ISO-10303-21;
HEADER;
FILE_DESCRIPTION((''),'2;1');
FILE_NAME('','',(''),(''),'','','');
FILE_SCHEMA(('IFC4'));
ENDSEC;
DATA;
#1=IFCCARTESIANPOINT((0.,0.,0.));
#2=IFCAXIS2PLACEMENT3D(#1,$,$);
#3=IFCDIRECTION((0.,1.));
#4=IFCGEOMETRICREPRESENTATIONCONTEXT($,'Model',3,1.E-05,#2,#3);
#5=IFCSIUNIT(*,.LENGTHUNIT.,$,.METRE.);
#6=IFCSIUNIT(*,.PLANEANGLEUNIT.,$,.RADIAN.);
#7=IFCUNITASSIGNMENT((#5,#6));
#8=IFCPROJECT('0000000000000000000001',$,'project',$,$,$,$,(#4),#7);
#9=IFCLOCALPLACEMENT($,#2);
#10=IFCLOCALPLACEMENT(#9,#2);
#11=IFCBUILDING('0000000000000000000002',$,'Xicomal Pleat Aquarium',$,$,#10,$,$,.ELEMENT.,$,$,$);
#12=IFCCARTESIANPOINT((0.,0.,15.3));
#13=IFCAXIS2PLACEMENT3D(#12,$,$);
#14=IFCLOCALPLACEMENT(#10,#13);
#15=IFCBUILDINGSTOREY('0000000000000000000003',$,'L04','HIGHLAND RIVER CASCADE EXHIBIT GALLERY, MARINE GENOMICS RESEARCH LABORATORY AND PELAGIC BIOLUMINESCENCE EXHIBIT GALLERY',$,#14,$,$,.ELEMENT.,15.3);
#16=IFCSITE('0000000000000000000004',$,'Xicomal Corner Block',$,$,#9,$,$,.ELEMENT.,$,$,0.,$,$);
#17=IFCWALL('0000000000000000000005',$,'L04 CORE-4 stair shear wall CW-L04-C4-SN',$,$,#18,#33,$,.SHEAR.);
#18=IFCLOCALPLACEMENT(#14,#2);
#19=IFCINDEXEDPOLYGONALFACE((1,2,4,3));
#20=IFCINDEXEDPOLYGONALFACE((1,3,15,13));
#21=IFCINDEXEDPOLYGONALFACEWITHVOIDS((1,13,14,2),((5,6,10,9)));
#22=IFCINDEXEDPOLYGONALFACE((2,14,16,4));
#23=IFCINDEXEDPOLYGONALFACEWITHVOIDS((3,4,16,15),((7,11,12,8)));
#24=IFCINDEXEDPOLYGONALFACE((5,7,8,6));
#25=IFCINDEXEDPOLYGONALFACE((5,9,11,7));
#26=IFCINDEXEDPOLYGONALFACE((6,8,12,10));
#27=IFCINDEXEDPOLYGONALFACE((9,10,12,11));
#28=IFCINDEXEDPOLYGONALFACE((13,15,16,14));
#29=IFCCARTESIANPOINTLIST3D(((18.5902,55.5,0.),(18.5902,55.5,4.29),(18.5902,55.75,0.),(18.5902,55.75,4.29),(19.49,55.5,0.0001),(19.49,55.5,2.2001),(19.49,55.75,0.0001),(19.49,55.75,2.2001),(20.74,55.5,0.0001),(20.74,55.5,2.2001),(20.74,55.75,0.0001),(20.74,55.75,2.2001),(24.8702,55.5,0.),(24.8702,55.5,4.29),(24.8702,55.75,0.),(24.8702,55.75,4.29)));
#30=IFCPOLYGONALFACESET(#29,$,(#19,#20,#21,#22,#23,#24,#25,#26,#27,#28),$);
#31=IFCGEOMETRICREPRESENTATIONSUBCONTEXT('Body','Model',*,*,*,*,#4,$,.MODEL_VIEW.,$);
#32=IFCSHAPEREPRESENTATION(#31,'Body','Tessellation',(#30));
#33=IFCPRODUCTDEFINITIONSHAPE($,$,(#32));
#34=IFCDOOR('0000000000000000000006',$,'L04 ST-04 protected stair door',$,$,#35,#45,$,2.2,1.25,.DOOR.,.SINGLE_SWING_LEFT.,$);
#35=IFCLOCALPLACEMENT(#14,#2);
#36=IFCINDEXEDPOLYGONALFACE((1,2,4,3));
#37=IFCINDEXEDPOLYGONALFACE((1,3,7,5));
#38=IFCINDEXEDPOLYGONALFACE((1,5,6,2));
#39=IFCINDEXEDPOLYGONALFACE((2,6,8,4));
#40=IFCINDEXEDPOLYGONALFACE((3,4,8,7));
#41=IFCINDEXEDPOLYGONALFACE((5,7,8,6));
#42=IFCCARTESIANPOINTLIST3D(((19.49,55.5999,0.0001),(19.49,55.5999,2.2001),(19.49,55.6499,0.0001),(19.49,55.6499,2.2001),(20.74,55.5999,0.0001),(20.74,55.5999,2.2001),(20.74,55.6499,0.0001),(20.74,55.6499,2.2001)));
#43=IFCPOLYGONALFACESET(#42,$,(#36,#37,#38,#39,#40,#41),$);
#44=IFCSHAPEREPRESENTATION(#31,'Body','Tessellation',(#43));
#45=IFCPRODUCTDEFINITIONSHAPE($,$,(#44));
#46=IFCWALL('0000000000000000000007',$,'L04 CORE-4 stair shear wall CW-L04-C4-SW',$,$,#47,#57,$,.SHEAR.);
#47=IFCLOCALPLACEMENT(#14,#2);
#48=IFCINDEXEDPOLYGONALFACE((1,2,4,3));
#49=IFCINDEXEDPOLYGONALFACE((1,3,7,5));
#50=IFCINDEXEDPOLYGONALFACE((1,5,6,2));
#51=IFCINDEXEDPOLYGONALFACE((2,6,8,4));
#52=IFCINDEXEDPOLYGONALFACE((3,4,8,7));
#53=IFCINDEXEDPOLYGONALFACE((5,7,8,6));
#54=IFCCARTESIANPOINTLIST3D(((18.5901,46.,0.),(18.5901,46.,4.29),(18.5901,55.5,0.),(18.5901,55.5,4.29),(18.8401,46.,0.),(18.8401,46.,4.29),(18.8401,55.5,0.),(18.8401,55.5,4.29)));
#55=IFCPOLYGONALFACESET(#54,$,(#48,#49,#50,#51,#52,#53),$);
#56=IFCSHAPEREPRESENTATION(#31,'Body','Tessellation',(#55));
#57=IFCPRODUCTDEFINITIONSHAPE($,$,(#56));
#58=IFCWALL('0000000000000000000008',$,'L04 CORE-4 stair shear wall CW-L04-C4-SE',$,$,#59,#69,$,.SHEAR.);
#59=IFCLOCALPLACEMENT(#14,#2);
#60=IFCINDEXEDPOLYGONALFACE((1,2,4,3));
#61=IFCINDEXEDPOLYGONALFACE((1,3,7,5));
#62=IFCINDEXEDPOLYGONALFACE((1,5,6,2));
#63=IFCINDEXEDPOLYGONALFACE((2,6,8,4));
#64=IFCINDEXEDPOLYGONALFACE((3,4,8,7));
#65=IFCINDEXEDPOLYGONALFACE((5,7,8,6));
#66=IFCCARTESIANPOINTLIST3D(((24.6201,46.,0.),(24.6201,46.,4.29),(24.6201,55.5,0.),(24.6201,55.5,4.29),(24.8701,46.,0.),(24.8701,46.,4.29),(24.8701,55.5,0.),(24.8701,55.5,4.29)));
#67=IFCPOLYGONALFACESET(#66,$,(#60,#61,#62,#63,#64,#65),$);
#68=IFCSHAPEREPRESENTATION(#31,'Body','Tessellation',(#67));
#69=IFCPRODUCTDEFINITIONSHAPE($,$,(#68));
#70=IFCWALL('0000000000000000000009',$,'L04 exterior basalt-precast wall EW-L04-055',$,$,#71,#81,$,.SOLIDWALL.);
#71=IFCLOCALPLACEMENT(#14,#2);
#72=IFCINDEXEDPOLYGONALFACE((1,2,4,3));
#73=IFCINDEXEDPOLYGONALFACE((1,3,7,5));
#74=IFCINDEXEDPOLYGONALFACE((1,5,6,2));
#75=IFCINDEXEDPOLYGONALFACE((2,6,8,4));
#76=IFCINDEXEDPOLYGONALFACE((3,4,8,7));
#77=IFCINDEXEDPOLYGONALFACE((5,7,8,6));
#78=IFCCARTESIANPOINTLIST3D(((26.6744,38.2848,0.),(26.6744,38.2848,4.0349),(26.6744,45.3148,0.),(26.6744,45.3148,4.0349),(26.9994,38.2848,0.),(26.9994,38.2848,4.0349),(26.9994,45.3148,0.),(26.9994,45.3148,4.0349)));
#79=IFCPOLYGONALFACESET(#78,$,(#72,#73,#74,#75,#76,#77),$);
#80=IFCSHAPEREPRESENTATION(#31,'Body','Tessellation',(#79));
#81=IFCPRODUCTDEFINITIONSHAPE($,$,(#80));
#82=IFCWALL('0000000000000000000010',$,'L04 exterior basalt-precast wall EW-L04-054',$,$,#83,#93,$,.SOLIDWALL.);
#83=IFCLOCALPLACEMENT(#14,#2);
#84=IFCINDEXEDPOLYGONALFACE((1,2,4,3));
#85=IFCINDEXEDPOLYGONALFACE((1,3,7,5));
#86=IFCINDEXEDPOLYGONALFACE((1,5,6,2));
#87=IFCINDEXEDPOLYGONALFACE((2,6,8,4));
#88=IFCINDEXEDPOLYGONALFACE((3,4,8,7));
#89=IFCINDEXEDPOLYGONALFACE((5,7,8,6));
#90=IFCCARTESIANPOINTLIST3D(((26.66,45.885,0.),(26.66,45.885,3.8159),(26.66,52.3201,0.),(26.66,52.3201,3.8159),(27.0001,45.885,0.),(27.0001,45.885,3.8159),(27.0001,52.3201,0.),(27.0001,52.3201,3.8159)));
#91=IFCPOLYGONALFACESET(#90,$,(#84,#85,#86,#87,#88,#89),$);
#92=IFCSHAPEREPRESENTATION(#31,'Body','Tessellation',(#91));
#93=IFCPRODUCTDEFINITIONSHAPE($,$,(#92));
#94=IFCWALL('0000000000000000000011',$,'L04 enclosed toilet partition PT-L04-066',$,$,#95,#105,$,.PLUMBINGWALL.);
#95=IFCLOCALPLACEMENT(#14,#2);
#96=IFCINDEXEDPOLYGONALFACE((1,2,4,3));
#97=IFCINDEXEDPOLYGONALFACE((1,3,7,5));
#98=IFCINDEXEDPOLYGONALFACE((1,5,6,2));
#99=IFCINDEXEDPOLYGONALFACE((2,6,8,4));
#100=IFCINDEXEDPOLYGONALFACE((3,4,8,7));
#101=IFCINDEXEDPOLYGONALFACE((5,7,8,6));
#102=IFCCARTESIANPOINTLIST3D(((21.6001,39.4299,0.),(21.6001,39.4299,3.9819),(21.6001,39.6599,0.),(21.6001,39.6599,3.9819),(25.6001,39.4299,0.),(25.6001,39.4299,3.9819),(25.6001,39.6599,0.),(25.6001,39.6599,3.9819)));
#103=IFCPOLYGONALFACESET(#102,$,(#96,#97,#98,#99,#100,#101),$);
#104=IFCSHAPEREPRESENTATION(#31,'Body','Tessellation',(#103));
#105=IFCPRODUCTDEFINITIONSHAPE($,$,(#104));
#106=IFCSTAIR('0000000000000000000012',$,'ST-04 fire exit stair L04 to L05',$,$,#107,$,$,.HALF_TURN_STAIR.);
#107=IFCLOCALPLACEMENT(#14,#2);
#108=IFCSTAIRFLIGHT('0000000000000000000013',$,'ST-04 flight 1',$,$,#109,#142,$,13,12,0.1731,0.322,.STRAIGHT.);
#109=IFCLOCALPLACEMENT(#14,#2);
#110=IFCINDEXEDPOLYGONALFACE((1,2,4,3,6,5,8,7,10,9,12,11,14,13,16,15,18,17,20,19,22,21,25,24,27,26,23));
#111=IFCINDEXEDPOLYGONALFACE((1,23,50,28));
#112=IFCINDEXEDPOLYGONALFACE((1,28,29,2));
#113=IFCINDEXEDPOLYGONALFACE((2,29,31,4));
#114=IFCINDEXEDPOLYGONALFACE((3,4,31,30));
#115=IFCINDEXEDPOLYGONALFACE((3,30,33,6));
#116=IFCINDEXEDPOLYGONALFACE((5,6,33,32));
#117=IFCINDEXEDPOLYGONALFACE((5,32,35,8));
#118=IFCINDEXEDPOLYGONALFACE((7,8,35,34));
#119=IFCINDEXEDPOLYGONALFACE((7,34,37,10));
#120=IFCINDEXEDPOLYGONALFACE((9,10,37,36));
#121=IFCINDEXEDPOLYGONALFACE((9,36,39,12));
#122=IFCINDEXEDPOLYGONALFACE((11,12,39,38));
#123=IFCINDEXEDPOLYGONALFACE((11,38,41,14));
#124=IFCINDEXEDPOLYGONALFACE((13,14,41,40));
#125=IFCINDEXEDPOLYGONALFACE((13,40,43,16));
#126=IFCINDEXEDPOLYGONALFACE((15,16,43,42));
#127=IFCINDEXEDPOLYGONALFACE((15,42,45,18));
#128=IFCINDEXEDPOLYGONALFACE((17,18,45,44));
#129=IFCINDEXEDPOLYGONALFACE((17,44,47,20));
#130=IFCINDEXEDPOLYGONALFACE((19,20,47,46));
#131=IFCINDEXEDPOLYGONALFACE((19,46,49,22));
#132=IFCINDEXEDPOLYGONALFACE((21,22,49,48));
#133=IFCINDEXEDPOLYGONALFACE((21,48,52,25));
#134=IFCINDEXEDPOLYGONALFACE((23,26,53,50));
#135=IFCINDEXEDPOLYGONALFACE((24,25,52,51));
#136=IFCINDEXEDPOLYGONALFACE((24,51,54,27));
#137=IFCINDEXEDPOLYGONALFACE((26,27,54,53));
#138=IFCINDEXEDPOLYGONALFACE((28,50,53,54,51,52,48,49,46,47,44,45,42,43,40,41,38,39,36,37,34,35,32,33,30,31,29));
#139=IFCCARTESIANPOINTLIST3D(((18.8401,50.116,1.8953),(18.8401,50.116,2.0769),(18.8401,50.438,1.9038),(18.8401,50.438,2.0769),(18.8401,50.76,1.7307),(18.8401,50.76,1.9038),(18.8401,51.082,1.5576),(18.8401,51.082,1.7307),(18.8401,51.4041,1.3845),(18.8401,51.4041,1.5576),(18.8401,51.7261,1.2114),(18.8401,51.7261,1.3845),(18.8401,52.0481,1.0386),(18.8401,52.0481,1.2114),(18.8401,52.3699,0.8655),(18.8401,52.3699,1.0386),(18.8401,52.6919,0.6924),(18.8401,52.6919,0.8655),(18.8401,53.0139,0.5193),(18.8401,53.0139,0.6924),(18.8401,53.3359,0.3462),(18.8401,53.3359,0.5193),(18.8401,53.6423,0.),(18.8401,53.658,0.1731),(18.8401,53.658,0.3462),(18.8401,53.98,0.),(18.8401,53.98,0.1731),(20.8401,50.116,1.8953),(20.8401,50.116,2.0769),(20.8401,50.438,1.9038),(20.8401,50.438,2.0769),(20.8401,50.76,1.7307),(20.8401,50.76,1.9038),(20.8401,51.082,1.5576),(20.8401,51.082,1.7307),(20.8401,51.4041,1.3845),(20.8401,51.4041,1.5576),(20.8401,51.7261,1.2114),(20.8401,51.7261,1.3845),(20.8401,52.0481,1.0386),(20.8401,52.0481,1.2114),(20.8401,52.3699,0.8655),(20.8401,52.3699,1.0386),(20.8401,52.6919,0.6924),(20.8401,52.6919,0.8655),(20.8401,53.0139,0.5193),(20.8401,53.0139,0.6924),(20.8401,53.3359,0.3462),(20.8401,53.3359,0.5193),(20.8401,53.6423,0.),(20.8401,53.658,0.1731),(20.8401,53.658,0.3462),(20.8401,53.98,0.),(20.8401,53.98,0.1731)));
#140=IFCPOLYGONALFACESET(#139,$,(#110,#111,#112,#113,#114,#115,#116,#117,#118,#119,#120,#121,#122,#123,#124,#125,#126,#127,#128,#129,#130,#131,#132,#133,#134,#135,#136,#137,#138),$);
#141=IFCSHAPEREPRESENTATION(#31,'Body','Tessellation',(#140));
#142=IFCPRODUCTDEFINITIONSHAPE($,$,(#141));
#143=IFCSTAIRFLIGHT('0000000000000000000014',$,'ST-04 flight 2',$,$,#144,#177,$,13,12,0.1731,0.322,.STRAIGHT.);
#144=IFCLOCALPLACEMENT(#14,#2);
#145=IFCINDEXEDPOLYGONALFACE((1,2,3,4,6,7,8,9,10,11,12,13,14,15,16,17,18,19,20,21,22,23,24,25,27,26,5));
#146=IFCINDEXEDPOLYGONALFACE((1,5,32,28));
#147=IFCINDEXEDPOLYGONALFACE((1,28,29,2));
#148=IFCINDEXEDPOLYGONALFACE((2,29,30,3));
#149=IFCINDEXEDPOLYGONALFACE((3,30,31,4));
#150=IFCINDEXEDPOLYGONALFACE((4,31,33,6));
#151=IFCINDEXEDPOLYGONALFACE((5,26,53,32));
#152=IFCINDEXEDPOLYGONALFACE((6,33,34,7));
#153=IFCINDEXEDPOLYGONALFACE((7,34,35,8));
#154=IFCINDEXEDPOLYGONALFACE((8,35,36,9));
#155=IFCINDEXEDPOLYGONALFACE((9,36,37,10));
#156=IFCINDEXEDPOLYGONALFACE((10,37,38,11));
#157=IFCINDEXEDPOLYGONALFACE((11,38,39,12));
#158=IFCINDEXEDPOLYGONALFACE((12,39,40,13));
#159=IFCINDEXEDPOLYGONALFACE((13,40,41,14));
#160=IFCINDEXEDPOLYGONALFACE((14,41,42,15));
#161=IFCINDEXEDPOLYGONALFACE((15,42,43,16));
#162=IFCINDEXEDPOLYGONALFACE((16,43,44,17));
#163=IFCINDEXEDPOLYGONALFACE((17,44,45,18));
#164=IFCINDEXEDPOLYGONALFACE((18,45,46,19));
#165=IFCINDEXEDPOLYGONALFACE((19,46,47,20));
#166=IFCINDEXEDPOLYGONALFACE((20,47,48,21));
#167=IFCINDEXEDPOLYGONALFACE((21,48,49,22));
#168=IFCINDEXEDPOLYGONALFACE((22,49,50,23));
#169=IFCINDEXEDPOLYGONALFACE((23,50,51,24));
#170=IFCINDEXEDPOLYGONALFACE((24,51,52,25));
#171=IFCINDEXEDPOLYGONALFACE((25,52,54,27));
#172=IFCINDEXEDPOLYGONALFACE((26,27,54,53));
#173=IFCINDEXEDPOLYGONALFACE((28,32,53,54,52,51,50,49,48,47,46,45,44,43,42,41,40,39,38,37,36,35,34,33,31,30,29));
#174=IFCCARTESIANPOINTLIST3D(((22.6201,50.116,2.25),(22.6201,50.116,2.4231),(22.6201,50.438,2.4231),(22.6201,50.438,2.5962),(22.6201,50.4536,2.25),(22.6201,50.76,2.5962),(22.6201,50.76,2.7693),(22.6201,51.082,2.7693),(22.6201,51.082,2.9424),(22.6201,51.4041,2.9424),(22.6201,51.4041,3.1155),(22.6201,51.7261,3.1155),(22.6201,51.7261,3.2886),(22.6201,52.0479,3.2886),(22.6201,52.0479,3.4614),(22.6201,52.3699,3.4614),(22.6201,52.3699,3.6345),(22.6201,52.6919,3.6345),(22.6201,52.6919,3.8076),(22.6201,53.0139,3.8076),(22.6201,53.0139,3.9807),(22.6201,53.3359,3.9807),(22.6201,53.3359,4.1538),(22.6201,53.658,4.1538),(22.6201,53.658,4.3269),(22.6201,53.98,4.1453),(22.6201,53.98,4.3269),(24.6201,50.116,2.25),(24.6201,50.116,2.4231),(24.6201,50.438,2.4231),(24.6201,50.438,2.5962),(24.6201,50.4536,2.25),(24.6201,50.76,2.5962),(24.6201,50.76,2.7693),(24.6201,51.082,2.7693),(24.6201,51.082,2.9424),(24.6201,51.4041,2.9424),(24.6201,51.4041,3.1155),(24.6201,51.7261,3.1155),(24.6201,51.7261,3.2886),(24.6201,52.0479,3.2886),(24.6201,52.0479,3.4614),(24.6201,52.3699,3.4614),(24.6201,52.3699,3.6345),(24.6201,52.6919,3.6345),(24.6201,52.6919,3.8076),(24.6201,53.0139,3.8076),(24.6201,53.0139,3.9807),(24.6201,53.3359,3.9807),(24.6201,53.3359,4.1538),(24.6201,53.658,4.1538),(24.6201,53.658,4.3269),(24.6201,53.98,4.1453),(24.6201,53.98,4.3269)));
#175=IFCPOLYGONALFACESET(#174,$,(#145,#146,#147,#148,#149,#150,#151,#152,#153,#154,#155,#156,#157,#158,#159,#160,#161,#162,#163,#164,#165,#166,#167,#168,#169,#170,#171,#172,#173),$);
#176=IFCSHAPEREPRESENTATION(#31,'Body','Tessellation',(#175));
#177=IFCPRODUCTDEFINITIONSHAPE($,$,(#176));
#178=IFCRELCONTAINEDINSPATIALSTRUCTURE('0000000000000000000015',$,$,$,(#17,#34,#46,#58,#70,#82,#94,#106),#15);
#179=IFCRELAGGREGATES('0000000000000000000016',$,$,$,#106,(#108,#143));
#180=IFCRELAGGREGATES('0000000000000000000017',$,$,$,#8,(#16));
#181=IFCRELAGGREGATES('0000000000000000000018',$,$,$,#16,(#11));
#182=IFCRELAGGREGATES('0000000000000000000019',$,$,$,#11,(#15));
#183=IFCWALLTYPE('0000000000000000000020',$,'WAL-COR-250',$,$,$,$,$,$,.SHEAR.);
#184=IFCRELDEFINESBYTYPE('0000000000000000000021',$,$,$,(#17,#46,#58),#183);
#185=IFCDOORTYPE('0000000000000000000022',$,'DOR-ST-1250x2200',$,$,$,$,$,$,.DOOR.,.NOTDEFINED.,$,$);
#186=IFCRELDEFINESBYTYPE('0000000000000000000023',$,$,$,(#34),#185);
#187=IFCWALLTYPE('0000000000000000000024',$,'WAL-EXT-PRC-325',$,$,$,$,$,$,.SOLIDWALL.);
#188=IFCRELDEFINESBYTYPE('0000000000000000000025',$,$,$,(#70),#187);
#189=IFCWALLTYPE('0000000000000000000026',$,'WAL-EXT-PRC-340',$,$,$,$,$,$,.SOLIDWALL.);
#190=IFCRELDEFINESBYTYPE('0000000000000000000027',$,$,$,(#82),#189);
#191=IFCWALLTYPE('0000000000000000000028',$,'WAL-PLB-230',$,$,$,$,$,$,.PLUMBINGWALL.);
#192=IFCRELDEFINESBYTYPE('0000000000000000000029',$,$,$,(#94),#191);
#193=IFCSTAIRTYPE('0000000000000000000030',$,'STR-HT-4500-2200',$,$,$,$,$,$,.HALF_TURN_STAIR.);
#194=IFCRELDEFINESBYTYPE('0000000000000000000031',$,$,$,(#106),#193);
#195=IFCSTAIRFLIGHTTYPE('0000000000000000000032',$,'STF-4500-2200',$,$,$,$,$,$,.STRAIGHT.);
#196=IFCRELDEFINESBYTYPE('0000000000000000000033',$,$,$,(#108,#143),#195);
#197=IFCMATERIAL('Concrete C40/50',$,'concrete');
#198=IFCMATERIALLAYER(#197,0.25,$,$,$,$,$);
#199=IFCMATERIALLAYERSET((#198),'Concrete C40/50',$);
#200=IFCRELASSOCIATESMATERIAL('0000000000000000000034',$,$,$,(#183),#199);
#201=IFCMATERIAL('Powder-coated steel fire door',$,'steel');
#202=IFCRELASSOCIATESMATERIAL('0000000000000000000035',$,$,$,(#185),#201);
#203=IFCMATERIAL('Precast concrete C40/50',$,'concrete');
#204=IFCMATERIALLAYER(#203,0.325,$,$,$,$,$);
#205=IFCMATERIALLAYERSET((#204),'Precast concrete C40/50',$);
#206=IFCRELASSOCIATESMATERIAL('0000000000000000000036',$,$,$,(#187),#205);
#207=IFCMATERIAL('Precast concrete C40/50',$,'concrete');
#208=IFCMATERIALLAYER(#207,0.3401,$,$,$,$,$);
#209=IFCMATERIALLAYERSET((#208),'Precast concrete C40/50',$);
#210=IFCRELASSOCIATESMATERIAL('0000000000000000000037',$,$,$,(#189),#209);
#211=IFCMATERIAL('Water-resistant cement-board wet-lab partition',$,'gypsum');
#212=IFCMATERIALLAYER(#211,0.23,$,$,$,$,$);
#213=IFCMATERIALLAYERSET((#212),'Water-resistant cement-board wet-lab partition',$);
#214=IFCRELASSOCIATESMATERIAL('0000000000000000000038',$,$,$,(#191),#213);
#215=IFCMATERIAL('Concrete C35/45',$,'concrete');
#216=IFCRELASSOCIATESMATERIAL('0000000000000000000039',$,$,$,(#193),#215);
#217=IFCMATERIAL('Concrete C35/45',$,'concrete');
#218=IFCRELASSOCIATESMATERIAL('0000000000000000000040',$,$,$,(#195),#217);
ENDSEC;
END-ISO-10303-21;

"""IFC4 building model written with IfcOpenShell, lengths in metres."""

from ifc_helpers import new_model, si_unit, direction, frame, frame_2d, origin, place, context, subcontext, project, spatial, polyline, rectangle, outline, extrude, material, layer, layer_set, type_object, element, fill, aggregate, save


model = new_model("IFC4")

# Units and contexts
model_context = context("Model", 3, precision=1e-05, world=origin(), true_north=direction((0.0, 1.0)))
body_context = subcontext(model_context, "Body", "Model", "MODEL_VIEW")
ifc_project = project(units=[si_unit("LENGTHUNIT", "METRE"), si_unit("PLANEANGLEUNIT", "RADIAN")], contexts=[model_context])

# Site, building, storey
site_placement = place(None, origin())
site = spatial("IfcSite", under=ifc_project, at=site_placement, Name="Xicomal Corner Block", CompositionType="ELEMENT", RefElevation=0.0)
building_placement = place(site_placement, origin())
building = spatial("IfcBuilding", under=site, at=building_placement, Name="Xicomal Pleat Aquarium", CompositionType="ELEMENT")
storey_placement = place(building_placement, frame((0.0, 0.0, 15.3)))
storey = spatial("IfcBuildingStorey", under=building, at=storey_placement, Name="L04", Description="HIGHLAND RIVER CASCADE EXHIBIT GALLERY, MARINE GENOMICS RESEARCH LABORATORY AND PELAGIC BIOLUMINESCENCE EXHIBIT GALLERY", CompositionType="ELEMENT", Elevation=15.3)

# Shared definitions
ifc_material_1 = material(Name="Concrete C40/50", Category="concrete")
ifc_layer_1 = layer(ifc_material_1, 0.25)
ifc_layer_set_1 = layer_set([ifc_layer_1], Name="Concrete C40/50")
wall_type_1 = type_object("IfcWallType", Name="WAL-COR-250", PredefinedType="SHEAR", material=ifc_layer_set_1)

# Wall, opening, door
wall_1_placement = place(storey_placement, frame((18.5901, 55.625, 0.0), z_axis=(0.0, 0.0, 1.0), x_axis=(1.0, 0.0, 0.0)))
wall_1 = element("IfcWall", 1, at=wall_1_placement, inside=storey, type_object=wall_type_1, Name="L04 CORE-4 stair shear wall CW-L04-C4-SN", PredefinedType="SHEAR", context=body_context, shape_type="SweptSolid", body=[
    extrude(rectangle(XDim=6.28, YDim=0.25, at=frame_2d((3.1401, 0.0))), origin(), (0.0, 0.0, 1.0), 4.29),
])
opening_1_placement = place(wall_1_placement, frame((0.8999, 0.0, 0.0)))
opening_1 = element("IfcOpeningElement", 2, at=opening_1_placement, cuts=wall_1, PredefinedType="OPENING", context=body_context, shape_type="SweptSolid", body=[
    extrude(rectangle(XDim=1.25, YDim=2.2, at=frame_2d((0.625, 1.1001))), frame((0.0, 0.135, 0.0), z_axis=(0.0, -1.0, 0.0), x_axis=(1.0, 0.0, 0.0)), (0.0, 0.0, 1.0), 0.27),
])
ifc_material_2 = material(Name="Powder-coated steel fire door", Category="steel")
door_type_1 = type_object("IfcDoorType", Name="DOR-ST-1250x2200", OperationType="NOTDEFINED", PredefinedType="DOOR", material=ifc_material_2)
door_1_placement = place(opening_1_placement, origin())
door_1 = element("IfcDoor", 3, at=door_1_placement, inside=storey, type_object=door_type_1, Name="L04 ST-04 protected stair door", OperationType="SINGLE_SWING_LEFT", OverallHeight=2.2, OverallWidth=1.25, PredefinedType="DOOR", context=body_context, shape_type="SweptSolid", body=[
    extrude(rectangle(XDim=1.25, YDim=2.2, at=frame_2d((0.625, 1.1001))), frame((0.0, 0.0249, 0.0), z_axis=(0.0, -1.0, 0.0), x_axis=(1.0, 0.0, 0.0)), (0.0, 0.0, 1.0), 0.05),
])
fill(opening_1, door_1)

# Walls
for number, where, z_axis, x_axis, name in (
    (4, (18.7151, 46.0, 0.0), (0.0, 0.0, 1.0), (0.0, 1.0, 0.0), "L04 CORE-4 stair shear wall CW-L04-C4-SW"),
    (5, (24.7451, 46.0, 0.0), (0.0, 0.0, 1.0), (0.0, 1.0, 0.0), "L04 CORE-4 stair shear wall CW-L04-C4-SE"),
):
    element("IfcWall", number, at=place(storey_placement, frame(where, z_axis=z_axis, x_axis=x_axis)), inside=storey, type_object=wall_type_1, Name=name, PredefinedType="SHEAR", context=body_context, shape_type="SweptSolid", body=[
        extrude(rectangle(XDim=9.5, YDim=0.25, at=frame_2d((4.75, 0.0))), origin(), (0.0, 0.0, 1.0), 4.29),
    ])
ifc_material_3 = material(Name="Precast concrete C40/50", Category="concrete")
ifc_layer_2 = layer(ifc_material_3, 0.325)
ifc_layer_set_2 = layer_set([ifc_layer_2], Name="Precast concrete C40/50")
wall_type_2 = type_object("IfcWallType", Name="WAL-EXT-PRC-325", PredefinedType="SOLIDWALL", material=ifc_layer_set_2)
wall_2_placement = place(storey_placement, frame((26.8369, 45.3149, 0.0), z_axis=(0.0, 0.0, 1.0), x_axis=(0.0, -1.0, 0.0)))
element("IfcWall", 6, at=wall_2_placement, inside=storey, type_object=wall_type_2, Name="L04 exterior basalt-precast wall EW-L04-055", PredefinedType="SOLIDWALL", context=body_context, shape_type="SweptSolid", body=[
    extrude(rectangle(XDim=7.03, YDim=0.325, at=frame_2d((3.5151, 0.0))), origin(), (0.0, 0.0, 1.0), 4.0349),
])
ifc_material_4 = material(Name="Precast concrete C40/50", Category="concrete")
ifc_layer_3 = layer(ifc_material_4, 0.3401)
ifc_layer_set_3 = layer_set([ifc_layer_3], Name="Precast concrete C40/50")
wall_type_3 = type_object("IfcWallType", Name="WAL-EXT-PRC-340", PredefinedType="SOLIDWALL", material=ifc_layer_set_3)
wall_3_placement = place(storey_placement, frame((26.8301, 52.3201, 0.0), z_axis=(0.0, 0.0, 1.0), x_axis=(0.0, -1.0, 0.0)))
element("IfcWall", 7, at=wall_3_placement, inside=storey, type_object=wall_type_3, Name="L04 exterior basalt-precast wall EW-L04-054", PredefinedType="SOLIDWALL", context=body_context, shape_type="SweptSolid", body=[
    extrude(rectangle(XDim=6.4351, YDim=0.3401, at=frame_2d((3.2175, 0.0))), origin(), (0.0, 0.0, 1.0), 3.8159),
])
ifc_material_5 = material(Name="Water-resistant cement-board wet-lab partition", Category="gypsum")
ifc_layer_4 = layer(ifc_material_5, 0.23)
ifc_layer_set_4 = layer_set([ifc_layer_4], Name="Water-resistant cement-board wet-lab partition")
wall_type_4 = type_object("IfcWallType", Name="WAL-PLB-230", PredefinedType="PLUMBINGWALL", material=ifc_layer_set_4)
wall_4_placement = place(storey_placement, frame((21.6001, 39.5449, 0.0), z_axis=(0.0, 0.0, 1.0), x_axis=(1.0, 0.0, 0.0)))
element("IfcWall", 8, at=wall_4_placement, inside=storey, type_object=wall_type_4, Name="L04 enclosed toilet partition PT-L04-066", PredefinedType="PLUMBINGWALL", context=body_context, shape_type="SweptSolid", body=[
    extrude(rectangle(XDim=4.0, YDim=0.23, at=frame_2d((2.0, 0.0))), origin(), (0.0, 0.0, 1.0), 3.9819),
])

# Stair, stair flights
ifc_material_6 = material(Name="Concrete C35/45", Category="concrete")
stair_type = type_object("IfcStairType", Name="STR-HT-4500-2200", PredefinedType="HALF_TURN_STAIR", material=ifc_material_6)
stair_placement = place(storey_placement, origin())
stair = element("IfcStair", 9, at=stair_placement, inside=storey, type_object=stair_type, Name="ST-04 fire exit stair L04 to L05", PredefinedType="HALF_TURN_STAIR")
ifc_material_7 = material(Name="Concrete C35/45", Category="concrete")
stair_flight_type = type_object("IfcStairFlightType", Name="STF-4500-2200", PredefinedType="STRAIGHT", material=ifc_material_7)
stair_flight_1_placement = place(storey_placement, frame((19.8401, 53.98, 0.0), z_axis=(0.0, 0.0, 1.0), x_axis=(0.0, -1.0, 0.0)))
stair_flight_1 = element("IfcStairFlight", 10, at=stair_flight_1_placement, type_object=stair_flight_type, Name="ST-04 flight 1", NumberOfRisers=13, NumberOfTreads=12, PredefinedType="STRAIGHT", RiserHeight=0.1731, TreadLength=0.322, context=body_context, shape_type="SweptSolid", body=[
    extrude(outline(polyline([(0.0, 0.0), (0.0, 0.1731), (0.322, 0.1731), (0.322, 0.3462), (0.644, 0.3462), (0.644, 0.5193), (0.9661, 0.5193), (0.9661, 0.6924), (1.2881, 0.6924), (1.2881, 0.8655), (1.6101, 0.8655), (1.6101, 1.0386), (1.9319, 1.0386), (1.9319, 1.2114), (2.2539, 1.2114), (2.2539, 1.3845), (2.5759, 1.3845), (2.5759, 1.5576), (2.8979, 1.5576), (2.8979, 1.7307), (3.22, 1.7307), (3.22, 1.9038), (3.542, 1.9038), (3.542, 2.0769), (3.864, 2.0769), (3.864, 2.25), (3.864, 1.8953), (0.3376, 0.0), (0.0, 0.0)])), frame((0.0, 1.0, 0.0), z_axis=(0.0, -1.0, 0.0), x_axis=(1.0, 0.0, 0.0)), (0.0, 0.0, 1.0), 2.0),
])
stair_flight_2_placement = place(storey_placement, frame((23.6201, 50.116, 2.25), z_axis=(0.0, 0.0, 1.0), x_axis=(0.0, 1.0, 0.0)))
stair_flight_2 = element("IfcStairFlight", 11, at=stair_flight_2_placement, type_object=stair_flight_type, Name="ST-04 flight 2", NumberOfRisers=13, NumberOfTreads=12, PredefinedType="STRAIGHT", RiserHeight=0.1731, TreadLength=0.322, context=body_context, shape_type="SweptSolid", body=[
    extrude(outline(polyline([(0.0, 0.0), (0.0, 0.1731), (0.322, 0.1731), (0.322, 0.3462), (0.644, 0.3462), (0.644, 0.5193), (0.9661, 0.5193), (0.9661, 0.6924), (1.2881, 0.6924), (1.2881, 0.8655), (1.6101, 0.8655), (1.6101, 1.0386), (1.9319, 1.0386), (1.9319, 1.2114), (2.2539, 1.2114), (2.2539, 1.3845), (2.5759, 1.3845), (2.5759, 1.5576), (2.8979, 1.5576), (2.8979, 1.7307), (3.22, 1.7307), (3.22, 1.9038), (3.542, 1.9038), (3.542, 2.0769), (3.864, 2.0769), (3.864, 2.25), (3.864, 1.8953), (0.3376, 0.0), (0.0, 0.0)])), frame((0.0, 1.0, 0.0), z_axis=(0.0, -1.0, 0.0), x_axis=(1.0, 0.0, 0.0)), (0.0, 0.0, 1.0), 2.0),
])
aggregate(stair, [stair_flight_1, stair_flight_2])

save(model, "model.ifc")
